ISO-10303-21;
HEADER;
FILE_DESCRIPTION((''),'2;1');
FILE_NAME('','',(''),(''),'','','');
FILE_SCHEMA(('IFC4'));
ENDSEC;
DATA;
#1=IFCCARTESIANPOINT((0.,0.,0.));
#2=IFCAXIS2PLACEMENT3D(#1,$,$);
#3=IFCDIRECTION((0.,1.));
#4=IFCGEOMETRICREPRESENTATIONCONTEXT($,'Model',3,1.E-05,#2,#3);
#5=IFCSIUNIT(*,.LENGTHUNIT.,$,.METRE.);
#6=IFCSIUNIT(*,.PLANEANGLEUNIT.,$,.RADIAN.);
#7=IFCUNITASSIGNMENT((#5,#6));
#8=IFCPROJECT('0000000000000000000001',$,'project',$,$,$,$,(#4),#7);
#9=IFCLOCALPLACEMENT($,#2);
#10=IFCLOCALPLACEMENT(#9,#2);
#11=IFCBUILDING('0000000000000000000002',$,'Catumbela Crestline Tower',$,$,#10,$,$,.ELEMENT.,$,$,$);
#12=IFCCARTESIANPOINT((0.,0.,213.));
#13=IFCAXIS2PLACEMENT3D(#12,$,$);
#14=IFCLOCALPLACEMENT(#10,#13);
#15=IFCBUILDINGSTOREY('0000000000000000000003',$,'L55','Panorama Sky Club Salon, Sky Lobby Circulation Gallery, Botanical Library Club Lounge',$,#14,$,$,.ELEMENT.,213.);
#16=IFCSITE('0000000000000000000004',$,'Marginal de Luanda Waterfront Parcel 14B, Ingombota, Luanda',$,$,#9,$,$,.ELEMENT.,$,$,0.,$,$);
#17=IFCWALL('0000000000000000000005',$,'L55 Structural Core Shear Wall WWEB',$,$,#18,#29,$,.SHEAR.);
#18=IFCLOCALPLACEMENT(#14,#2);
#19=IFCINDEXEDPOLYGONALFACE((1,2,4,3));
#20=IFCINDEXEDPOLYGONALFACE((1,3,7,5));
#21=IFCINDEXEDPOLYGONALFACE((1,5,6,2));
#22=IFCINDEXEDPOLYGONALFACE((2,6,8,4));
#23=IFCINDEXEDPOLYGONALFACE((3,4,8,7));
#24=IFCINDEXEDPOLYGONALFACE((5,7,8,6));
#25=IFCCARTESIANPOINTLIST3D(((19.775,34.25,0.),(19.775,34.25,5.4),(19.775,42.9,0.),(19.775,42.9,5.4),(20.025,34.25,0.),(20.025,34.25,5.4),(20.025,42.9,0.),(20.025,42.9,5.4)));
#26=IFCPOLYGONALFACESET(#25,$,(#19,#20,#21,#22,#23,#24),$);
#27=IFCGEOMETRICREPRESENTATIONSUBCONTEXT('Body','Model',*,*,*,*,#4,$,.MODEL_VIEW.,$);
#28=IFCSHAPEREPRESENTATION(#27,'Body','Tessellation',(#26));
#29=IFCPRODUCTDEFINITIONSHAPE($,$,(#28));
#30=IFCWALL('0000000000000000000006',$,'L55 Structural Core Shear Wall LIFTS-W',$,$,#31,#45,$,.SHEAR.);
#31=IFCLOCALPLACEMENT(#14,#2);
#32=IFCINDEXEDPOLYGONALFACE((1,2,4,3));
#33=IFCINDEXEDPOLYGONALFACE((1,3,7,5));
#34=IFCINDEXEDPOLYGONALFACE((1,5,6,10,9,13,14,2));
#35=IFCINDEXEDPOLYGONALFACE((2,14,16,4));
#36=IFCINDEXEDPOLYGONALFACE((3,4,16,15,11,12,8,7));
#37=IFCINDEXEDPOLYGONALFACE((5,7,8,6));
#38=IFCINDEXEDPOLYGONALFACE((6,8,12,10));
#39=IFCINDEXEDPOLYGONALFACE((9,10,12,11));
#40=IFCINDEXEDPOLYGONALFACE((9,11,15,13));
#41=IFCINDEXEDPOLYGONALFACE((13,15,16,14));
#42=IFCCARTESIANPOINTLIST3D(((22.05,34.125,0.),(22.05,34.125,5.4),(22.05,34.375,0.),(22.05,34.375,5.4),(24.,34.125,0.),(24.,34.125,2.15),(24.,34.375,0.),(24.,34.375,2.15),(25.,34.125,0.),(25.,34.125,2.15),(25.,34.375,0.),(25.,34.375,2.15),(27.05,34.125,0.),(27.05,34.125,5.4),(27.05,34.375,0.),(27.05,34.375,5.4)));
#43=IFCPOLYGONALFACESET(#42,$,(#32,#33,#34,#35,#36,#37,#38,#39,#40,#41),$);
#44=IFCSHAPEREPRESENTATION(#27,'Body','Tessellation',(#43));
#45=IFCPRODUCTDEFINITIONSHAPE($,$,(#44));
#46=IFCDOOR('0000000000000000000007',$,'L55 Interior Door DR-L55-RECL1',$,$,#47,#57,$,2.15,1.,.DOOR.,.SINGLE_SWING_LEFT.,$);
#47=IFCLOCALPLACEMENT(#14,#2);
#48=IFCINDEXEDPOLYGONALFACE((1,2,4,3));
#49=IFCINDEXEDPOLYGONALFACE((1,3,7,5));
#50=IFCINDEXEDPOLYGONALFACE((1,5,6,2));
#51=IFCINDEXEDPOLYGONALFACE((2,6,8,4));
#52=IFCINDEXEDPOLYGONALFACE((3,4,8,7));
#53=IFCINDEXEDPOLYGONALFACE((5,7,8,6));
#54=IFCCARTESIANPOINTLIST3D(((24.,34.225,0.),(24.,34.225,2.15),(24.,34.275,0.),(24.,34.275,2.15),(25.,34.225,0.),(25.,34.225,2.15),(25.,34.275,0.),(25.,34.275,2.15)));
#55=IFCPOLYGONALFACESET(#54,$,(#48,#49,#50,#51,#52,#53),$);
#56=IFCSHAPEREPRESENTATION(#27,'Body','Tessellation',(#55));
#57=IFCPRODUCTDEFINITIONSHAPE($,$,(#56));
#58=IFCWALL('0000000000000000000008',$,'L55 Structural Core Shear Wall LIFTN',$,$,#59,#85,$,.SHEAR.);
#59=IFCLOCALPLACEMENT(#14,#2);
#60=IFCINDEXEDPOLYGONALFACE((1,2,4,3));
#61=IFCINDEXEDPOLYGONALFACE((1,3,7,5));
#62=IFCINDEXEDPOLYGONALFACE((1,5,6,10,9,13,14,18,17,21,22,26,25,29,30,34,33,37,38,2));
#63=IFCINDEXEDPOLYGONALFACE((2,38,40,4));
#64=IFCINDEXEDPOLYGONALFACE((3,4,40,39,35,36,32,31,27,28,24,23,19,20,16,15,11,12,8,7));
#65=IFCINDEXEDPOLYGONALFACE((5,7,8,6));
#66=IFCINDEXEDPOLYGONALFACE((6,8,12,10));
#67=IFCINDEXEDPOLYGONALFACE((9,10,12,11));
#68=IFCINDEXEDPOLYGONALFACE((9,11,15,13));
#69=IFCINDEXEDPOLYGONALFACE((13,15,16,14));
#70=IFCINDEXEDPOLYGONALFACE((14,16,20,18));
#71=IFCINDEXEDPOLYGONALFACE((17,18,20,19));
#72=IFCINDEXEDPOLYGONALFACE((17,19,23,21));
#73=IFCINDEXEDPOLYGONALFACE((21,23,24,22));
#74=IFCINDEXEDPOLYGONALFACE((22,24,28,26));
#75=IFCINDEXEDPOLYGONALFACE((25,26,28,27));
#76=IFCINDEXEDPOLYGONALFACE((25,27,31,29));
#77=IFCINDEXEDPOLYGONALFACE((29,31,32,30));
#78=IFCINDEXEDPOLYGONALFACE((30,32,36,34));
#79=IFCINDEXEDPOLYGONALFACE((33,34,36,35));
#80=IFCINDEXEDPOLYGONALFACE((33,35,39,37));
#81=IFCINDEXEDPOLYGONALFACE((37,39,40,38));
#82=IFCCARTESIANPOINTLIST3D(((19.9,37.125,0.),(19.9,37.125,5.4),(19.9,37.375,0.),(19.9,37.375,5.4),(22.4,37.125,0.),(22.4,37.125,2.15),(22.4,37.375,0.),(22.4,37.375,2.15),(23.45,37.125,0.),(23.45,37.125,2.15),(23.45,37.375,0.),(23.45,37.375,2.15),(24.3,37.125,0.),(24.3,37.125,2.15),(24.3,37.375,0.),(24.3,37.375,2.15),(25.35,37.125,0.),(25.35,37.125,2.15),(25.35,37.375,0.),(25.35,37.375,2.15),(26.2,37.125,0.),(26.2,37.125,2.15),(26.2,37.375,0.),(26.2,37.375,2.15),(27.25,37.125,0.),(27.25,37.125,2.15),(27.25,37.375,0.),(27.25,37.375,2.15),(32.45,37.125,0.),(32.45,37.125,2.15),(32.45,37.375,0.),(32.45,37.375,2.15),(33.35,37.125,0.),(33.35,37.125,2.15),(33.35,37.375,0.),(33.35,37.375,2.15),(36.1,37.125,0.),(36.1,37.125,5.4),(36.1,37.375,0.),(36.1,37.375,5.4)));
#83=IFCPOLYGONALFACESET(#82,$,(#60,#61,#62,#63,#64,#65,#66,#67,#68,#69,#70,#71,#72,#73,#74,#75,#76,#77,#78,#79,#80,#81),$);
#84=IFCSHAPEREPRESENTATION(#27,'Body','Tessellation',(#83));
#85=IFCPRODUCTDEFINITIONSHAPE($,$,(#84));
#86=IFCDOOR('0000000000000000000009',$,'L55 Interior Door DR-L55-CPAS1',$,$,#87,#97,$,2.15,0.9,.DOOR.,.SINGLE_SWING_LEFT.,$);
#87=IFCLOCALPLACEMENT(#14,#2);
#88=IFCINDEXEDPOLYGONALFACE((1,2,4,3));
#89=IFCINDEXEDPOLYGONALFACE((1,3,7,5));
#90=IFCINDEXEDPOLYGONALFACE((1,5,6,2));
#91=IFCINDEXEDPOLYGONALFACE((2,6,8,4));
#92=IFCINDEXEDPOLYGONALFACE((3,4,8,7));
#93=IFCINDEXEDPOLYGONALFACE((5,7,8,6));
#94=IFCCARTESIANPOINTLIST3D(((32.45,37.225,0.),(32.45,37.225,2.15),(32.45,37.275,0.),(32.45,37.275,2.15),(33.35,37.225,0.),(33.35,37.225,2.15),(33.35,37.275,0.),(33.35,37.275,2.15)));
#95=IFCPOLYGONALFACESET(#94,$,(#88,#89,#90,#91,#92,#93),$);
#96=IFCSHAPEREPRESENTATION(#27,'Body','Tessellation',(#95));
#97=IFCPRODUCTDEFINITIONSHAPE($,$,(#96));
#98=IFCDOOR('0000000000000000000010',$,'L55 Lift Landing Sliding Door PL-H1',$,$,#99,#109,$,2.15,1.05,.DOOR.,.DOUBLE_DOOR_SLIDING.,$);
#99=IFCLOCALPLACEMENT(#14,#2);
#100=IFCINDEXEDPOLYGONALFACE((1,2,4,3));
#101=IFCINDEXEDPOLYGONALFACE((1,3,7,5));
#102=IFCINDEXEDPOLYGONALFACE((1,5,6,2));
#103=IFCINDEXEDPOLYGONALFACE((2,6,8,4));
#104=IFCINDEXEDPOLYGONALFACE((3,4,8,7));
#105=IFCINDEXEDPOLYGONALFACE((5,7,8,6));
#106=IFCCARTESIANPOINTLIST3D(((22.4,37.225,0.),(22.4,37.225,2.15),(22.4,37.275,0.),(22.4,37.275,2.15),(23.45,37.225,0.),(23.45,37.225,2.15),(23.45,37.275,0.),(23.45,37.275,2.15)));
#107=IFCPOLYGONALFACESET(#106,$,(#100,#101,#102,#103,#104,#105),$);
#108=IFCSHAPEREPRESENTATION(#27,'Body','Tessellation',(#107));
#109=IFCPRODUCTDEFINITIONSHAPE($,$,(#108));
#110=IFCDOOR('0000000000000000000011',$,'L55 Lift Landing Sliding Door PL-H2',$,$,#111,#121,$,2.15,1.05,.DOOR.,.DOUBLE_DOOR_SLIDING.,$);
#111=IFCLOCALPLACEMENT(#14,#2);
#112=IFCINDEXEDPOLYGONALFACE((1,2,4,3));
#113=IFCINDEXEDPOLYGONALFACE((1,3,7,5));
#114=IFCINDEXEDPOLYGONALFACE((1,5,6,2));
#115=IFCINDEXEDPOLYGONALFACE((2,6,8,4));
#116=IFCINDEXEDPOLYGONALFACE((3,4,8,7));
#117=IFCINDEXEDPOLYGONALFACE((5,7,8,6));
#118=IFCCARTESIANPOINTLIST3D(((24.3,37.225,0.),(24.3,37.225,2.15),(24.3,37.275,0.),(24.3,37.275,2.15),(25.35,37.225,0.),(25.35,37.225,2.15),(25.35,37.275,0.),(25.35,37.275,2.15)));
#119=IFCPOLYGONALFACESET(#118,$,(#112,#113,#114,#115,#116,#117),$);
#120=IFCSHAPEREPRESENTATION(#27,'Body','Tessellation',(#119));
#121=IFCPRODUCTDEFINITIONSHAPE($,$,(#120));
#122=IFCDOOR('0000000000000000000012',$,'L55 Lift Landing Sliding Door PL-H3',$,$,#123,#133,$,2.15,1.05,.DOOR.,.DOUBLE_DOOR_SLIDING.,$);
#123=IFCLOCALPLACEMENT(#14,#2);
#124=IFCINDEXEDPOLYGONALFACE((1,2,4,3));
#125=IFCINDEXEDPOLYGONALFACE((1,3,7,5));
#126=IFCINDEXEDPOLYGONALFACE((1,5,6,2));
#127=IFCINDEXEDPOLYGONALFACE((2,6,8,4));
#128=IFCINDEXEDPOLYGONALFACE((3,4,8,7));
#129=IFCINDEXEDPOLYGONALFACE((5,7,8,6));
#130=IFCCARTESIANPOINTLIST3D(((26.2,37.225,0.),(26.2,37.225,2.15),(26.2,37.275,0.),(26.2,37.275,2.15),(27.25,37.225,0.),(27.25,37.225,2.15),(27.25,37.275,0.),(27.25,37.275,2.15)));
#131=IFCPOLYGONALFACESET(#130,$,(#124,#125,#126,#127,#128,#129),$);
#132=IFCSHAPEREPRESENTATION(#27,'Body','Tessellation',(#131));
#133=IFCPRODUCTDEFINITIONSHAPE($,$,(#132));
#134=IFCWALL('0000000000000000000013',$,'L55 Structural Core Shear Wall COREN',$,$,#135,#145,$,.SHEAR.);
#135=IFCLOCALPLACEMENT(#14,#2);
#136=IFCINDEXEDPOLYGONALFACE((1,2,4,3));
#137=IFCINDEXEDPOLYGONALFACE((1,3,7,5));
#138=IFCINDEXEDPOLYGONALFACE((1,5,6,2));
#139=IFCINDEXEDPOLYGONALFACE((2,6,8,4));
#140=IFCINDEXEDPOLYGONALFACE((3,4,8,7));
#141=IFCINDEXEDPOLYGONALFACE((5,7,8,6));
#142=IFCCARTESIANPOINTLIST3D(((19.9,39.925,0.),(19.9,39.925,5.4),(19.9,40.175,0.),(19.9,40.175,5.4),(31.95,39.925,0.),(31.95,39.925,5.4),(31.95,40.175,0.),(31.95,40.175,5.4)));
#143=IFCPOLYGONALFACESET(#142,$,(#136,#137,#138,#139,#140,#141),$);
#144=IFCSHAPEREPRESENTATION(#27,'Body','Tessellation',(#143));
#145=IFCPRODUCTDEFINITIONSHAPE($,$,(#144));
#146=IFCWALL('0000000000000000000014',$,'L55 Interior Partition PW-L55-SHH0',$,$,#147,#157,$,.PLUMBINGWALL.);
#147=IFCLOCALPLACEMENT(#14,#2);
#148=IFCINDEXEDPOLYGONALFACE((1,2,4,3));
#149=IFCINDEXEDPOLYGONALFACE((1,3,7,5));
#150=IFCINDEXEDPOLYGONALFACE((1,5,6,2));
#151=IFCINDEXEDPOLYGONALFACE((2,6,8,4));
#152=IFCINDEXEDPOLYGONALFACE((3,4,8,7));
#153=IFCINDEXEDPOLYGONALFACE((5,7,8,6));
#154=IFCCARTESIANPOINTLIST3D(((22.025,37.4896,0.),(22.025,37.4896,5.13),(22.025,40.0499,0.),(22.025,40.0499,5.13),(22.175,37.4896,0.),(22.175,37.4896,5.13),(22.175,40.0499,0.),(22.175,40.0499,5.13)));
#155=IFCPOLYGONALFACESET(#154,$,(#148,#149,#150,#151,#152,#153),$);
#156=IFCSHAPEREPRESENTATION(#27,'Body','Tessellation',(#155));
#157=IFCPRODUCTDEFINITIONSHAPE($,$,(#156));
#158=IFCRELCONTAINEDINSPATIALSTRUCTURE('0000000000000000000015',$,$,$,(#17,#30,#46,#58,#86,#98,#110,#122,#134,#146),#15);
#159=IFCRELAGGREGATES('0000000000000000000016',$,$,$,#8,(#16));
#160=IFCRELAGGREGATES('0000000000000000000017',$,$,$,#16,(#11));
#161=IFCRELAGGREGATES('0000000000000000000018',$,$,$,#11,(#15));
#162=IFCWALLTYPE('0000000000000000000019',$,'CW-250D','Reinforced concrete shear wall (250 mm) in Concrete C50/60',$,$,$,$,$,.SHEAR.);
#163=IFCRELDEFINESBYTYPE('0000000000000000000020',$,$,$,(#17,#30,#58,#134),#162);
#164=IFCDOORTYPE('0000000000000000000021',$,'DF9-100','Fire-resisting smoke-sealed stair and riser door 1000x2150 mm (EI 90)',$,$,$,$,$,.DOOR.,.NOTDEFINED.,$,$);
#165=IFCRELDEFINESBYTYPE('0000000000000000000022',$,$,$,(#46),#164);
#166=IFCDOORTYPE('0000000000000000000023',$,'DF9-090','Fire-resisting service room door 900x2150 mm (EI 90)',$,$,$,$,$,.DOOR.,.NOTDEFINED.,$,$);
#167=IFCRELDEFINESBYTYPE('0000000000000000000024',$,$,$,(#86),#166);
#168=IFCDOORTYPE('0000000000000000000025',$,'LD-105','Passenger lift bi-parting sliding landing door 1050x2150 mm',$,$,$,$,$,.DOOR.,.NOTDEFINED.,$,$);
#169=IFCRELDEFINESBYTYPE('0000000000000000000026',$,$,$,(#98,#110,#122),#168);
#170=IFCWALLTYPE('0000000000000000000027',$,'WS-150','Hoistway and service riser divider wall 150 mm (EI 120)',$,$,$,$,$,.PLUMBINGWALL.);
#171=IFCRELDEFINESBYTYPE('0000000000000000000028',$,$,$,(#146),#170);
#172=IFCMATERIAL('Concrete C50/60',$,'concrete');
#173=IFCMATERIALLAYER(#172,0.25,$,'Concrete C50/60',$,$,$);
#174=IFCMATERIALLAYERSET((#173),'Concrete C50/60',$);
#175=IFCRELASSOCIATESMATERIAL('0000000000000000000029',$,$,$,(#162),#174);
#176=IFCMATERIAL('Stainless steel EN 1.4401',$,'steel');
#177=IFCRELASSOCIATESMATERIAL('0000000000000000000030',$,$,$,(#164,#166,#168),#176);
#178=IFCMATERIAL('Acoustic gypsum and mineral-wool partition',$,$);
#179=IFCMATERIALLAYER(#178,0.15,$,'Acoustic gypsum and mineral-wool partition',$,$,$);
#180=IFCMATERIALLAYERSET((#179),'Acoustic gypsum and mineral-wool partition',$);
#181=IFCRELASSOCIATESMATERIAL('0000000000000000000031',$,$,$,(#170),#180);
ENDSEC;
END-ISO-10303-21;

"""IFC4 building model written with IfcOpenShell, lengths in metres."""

from ifc_helpers import new_model, si_unit, direction, frame, frame_2d, origin, place, context, subcontext, project, spatial, rectangle, extrude, material, layer, layer_set, type_object, element, fill, save


model = new_model("IFC4")

# Units and contexts
model_context = context("Model", 3, precision=1e-05, world=origin(), true_north=direction((0.0, 1.0)))
body_context = subcontext(model_context, "Body", "Model", "MODEL_VIEW")
ifc_project = project(units=[si_unit("LENGTHUNIT", "METRE"), si_unit("PLANEANGLEUNIT", "RADIAN")], contexts=[model_context])

# Site, building, storey
site_placement = place(None, origin())
site = spatial("IfcSite", under=ifc_project, at=site_placement, Name="Marginal de Luanda Waterfront Parcel 14B, Ingombota, Luanda", CompositionType="ELEMENT", RefElevation=0.0)
building_placement = place(site_placement, origin())
building = spatial("IfcBuilding", under=site, at=building_placement, Name="Catumbela Crestline Tower", CompositionType="ELEMENT")
storey_placement = place(building_placement, frame((0.0, 0.0, 213.0)))
storey = spatial("IfcBuildingStorey", under=building, at=storey_placement, Name="L55", Description="Panorama Sky Club Salon, Sky Lobby Circulation Gallery, Botanical Library Club Lounge", CompositionType="ELEMENT", Elevation=213.0)

# Wall
ifc_material_1 = material(Name="Concrete C50/60", Category="concrete")
ifc_layer_1 = layer(ifc_material_1, 0.25, Name="Concrete C50/60")
ifc_layer_set_1 = layer_set([ifc_layer_1], Name="Concrete C50/60")
wall_type_1 = type_object("IfcWallType", Name="CW-250D", Description="Reinforced concrete shear wall (250 mm) in Concrete C50/60", PredefinedType="SHEAR", material=ifc_layer_set_1)
wall_1_placement = place(storey_placement, frame((19.9, 34.25, 0.0), z_axis=(0.0, 0.0, 1.0), x_axis=(0.0, 1.0, 0.0)))
element("IfcWall", 1, at=wall_1_placement, inside=storey, type_object=wall_type_1, Name="L55 Structural Core Shear Wall WWEB", PredefinedType="SHEAR", context=body_context, shape_type="SweptSolid", body=[
    extrude(rectangle(XDim=8.65, YDim=0.25, at=frame_2d((4.325, 0.0))), origin(), (0.0, 0.0, 1.0), 5.4),
])

# Wall, opening, door
wall_2_placement = place(storey_placement, frame((22.05, 34.25, 0.0), z_axis=(0.0, 0.0, 1.0), x_axis=(1.0, 0.0, 0.0)))
wall_2 = element("IfcWall", 2, at=wall_2_placement, inside=storey, type_object=wall_type_1, Name="L55 Structural Core Shear Wall LIFTS-W", PredefinedType="SHEAR", context=body_context, shape_type="SweptSolid", body=[
    extrude(rectangle(XDim=5.0, YDim=0.25, at=frame_2d((2.5, 0.0))), origin(), (0.0, 0.0, 1.0), 5.4),
])
opening_1_placement = place(wall_2_placement, frame((1.95, 0.0, 0.0)))
opening_1 = element("IfcOpeningElement", 3, at=opening_1_placement, cuts=wall_2, PredefinedType="OPENING", context=body_context, shape_type="SweptSolid", body=[
    extrude(rectangle(XDim=1.0, YDim=2.15, at=frame_2d((0.5, 1.075))), frame((0.0, 0.135, 0.0), z_axis=(0.0, -1.0, 0.0), x_axis=(1.0, 0.0, 0.0)), (0.0, 0.0, 1.0), 0.27),
])
ifc_material_2 = material(Name="Stainless steel EN 1.4401", Category="steel")
door_type_1 = type_object("IfcDoorType", Name="DF9-100", Description="Fire-resisting smoke-sealed stair and riser door 1000x2150 mm (EI 90)", OperationType="NOTDEFINED", PredefinedType="DOOR", material=ifc_material_2)
door_1_placement = place(opening_1_placement, origin())
door_1 = element("IfcDoor", 4, at=door_1_placement, inside=storey, type_object=door_type_1, Name="L55 Interior Door DR-L55-RECL1", OperationType="SINGLE_SWING_LEFT", OverallHeight=2.15, OverallWidth=1.0, PredefinedType="DOOR", context=body_context, shape_type="SweptSolid", body=[
    extrude(rectangle(XDim=1.0, YDim=2.15, at=frame_2d((0.5, 1.075))), frame((0.0, 0.025, 0.0), z_axis=(0.0, -1.0, 0.0), x_axis=(1.0, 0.0, 0.0)), (0.0, 0.0, 1.0), 0.05),
])
fill(opening_1, door_1)

# Wall, openings, doors
wall_3_placement = place(storey_placement, frame((19.9, 37.25, 0.0), z_axis=(0.0, 0.0, 1.0), x_axis=(1.0, 0.0, 0.0)))
wall_3 = element("IfcWall", 5, at=wall_3_placement, inside=storey, type_object=wall_type_1, Name="L55 Structural Core Shear Wall LIFTN", PredefinedType="SHEAR", context=body_context, shape_type="SweptSolid", body=[
    extrude(rectangle(XDim=16.2, YDim=0.25, at=frame_2d((8.1, 0.0))), origin(), (0.0, 0.0, 1.0), 5.4),
])
opening_2_placement = place(wall_3_placement, frame((12.55, 0.0, 0.0)))
opening_2 = element("IfcOpeningElement", 6, at=opening_2_placement, cuts=wall_3, PredefinedType="OPENING", context=body_context, shape_type="SweptSolid", body=[
    extrude(rectangle(XDim=0.9, YDim=2.15, at=frame_2d((0.45, 1.075))), frame((0.0, 0.135, 0.0), z_axis=(0.0, -1.0, 0.0), x_axis=(1.0, 0.0, 0.0)), (0.0, 0.0, 1.0), 0.27),
])
opening_3_placement = place(wall_3_placement, frame((2.5, 0.0, 0.0)))
opening_3 = element("IfcOpeningElement", 7, at=opening_3_placement, cuts=wall_3, PredefinedType="OPENING", context=body_context, shape_type="SweptSolid", body=[
    extrude(rectangle(XDim=1.05, YDim=2.15, at=frame_2d((0.525, 1.075))), frame((0.0, 0.135, 0.0), z_axis=(0.0, -1.0, 0.0), x_axis=(1.0, 0.0, 0.0)), (0.0, 0.0, 1.0), 0.27),
])
opening_4_placement = place(wall_3_placement, frame((4.4, 0.0, 0.0)))
opening_4 = element("IfcOpeningElement", 8, at=opening_4_placement, cuts=wall_3, PredefinedType="OPENING", context=body_context, shape_type="SweptSolid", body=[
    extrude(rectangle(XDim=1.05, YDim=2.15, at=frame_2d((0.525, 1.075))), frame((0.0, 0.135, 0.0), z_axis=(0.0, -1.0, 0.0), x_axis=(1.0, 0.0, 0.0)), (0.0, 0.0, 1.0), 0.27),
])
opening_5_placement = place(wall_3_placement, frame((6.3, 0.0, 0.0)))
opening_5 = element("IfcOpeningElement", 9, at=opening_5_placement, cuts=wall_3, PredefinedType="OPENING", context=body_context, shape_type="SweptSolid", body=[
    extrude(rectangle(XDim=1.05, YDim=2.15, at=frame_2d((0.525, 1.075))), frame((0.0, 0.135, 0.0), z_axis=(0.0, -1.0, 0.0), x_axis=(1.0, 0.0, 0.0)), (0.0, 0.0, 1.0), 0.27),
])
door_type_2 = type_object("IfcDoorType", Name="DF9-090", Description="Fire-resisting service room door 900x2150 mm (EI 90)", OperationType="NOTDEFINED", PredefinedType="DOOR", material=ifc_material_2)
door_2_placement = place(opening_2_placement, origin())
door_2 = element("IfcDoor", 10, at=door_2_placement, inside=storey, type_object=door_type_2, Name="L55 Interior Door DR-L55-CPAS1", OperationType="SINGLE_SWING_LEFT", OverallHeight=2.15, OverallWidth=0.9, PredefinedType="DOOR", context=body_context, shape_type="SweptSolid", body=[
    extrude(rectangle(XDim=0.9, YDim=2.15, at=frame_2d((0.45, 1.075))), frame((0.0, 0.025, 0.0), z_axis=(0.0, -1.0, 0.0), x_axis=(1.0, 0.0, 0.0)), (0.0, 0.0, 1.0), 0.05),
])
fill(opening_2, door_2)
door_type_3 = type_object("IfcDoorType", Name="LD-105", Description="Passenger lift bi-parting sliding landing door 1050x2150 mm", OperationType="NOTDEFINED", PredefinedType="DOOR", material=ifc_material_2)
door_3_placement = place(opening_3_placement, origin())
door_3 = element("IfcDoor", 11, at=door_3_placement, inside=storey, type_object=door_type_3, Name="L55 Lift Landing Sliding Door PL-H1", OperationType="DOUBLE_DOOR_SLIDING", OverallHeight=2.15, OverallWidth=1.05, PredefinedType="DOOR", context=body_context, shape_type="SweptSolid", body=[
    extrude(rectangle(XDim=1.05, YDim=2.15, at=frame_2d((0.525, 1.075))), frame((0.0, 0.025, 0.0), z_axis=(0.0, -1.0, 0.0), x_axis=(1.0, 0.0, 0.0)), (0.0, 0.0, 1.0), 0.05),
])
fill(opening_3, door_3)
door_4_placement = place(opening_4_placement, origin())
door_4 = element("IfcDoor", 12, at=door_4_placement, inside=storey, type_object=door_type_3, Name="L55 Lift Landing Sliding Door PL-H2", OperationType="DOUBLE_DOOR_SLIDING", OverallHeight=2.15, OverallWidth=1.05, PredefinedType="DOOR", context=body_context, shape_type="SweptSolid", body=[
    extrude(rectangle(XDim=1.05, YDim=2.15, at=frame_2d((0.525, 1.075))), frame((0.0, 0.025, 0.0), z_axis=(0.0, -1.0, 0.0), x_axis=(1.0, 0.0, 0.0)), (0.0, 0.0, 1.0), 0.05),
])
fill(opening_4, door_4)
door_5_placement = place(opening_5_placement, origin())
door_5 = element("IfcDoor", 13, at=door_5_placement, inside=storey, type_object=door_type_3, Name="L55 Lift Landing Sliding Door PL-H3", OperationType="DOUBLE_DOOR_SLIDING", OverallHeight=2.15, OverallWidth=1.05, PredefinedType="DOOR", context=body_context, shape_type="SweptSolid", body=[
    extrude(rectangle(XDim=1.05, YDim=2.15, at=frame_2d((0.525, 1.075))), frame((0.0, 0.025, 0.0), z_axis=(0.0, -1.0, 0.0), x_axis=(1.0, 0.0, 0.0)), (0.0, 0.0, 1.0), 0.05),
])
fill(opening_5, door_5)

# Walls
wall_4_placement = place(storey_placement, frame((19.9, 40.05, 0.0), z_axis=(0.0, 0.0, 1.0), x_axis=(1.0, 0.0, 0.0)))
element("IfcWall", 14, at=wall_4_placement, inside=storey, type_object=wall_type_1, Name="L55 Structural Core Shear Wall COREN", PredefinedType="SHEAR", context=body_context, shape_type="SweptSolid", body=[
    extrude(rectangle(XDim=12.05, YDim=0.25, at=frame_2d((6.025, 0.0))), origin(), (0.0, 0.0, 1.0), 5.4),
])
ifc_material_3 = material(Name="Acoustic gypsum and mineral-wool partition")
ifc_layer_2 = layer(ifc_material_3, 0.15, Name="Acoustic gypsum and mineral-wool partition")
ifc_layer_set_2 = layer_set([ifc_layer_2], Name="Acoustic gypsum and mineral-wool partition")
wall_type_2 = type_object("IfcWallType", Name="WS-150", Description="Hoistway and service riser divider wall 150 mm (EI 120)", PredefinedType="PLUMBINGWALL", material=ifc_layer_set_2)
wall_5_placement = place(storey_placement, frame((22.1, 37.4897, 0.0), z_axis=(0.0, 0.0, 1.0), x_axis=(0.0, 1.0, 0.0)))
element("IfcWall", 15, at=wall_5_placement, inside=storey, type_object=wall_type_2, Name="L55 Interior Partition PW-L55-SHH0", PredefinedType="PLUMBINGWALL", context=body_context, shape_type="SweptSolid", body=[
    extrude(rectangle(XDim=2.5603, YDim=0.15, at=frame_2d((1.2801, 0.0))), origin(), (0.0, 0.0, 1.0), 5.13),
])

save(model, "model.ifc")
